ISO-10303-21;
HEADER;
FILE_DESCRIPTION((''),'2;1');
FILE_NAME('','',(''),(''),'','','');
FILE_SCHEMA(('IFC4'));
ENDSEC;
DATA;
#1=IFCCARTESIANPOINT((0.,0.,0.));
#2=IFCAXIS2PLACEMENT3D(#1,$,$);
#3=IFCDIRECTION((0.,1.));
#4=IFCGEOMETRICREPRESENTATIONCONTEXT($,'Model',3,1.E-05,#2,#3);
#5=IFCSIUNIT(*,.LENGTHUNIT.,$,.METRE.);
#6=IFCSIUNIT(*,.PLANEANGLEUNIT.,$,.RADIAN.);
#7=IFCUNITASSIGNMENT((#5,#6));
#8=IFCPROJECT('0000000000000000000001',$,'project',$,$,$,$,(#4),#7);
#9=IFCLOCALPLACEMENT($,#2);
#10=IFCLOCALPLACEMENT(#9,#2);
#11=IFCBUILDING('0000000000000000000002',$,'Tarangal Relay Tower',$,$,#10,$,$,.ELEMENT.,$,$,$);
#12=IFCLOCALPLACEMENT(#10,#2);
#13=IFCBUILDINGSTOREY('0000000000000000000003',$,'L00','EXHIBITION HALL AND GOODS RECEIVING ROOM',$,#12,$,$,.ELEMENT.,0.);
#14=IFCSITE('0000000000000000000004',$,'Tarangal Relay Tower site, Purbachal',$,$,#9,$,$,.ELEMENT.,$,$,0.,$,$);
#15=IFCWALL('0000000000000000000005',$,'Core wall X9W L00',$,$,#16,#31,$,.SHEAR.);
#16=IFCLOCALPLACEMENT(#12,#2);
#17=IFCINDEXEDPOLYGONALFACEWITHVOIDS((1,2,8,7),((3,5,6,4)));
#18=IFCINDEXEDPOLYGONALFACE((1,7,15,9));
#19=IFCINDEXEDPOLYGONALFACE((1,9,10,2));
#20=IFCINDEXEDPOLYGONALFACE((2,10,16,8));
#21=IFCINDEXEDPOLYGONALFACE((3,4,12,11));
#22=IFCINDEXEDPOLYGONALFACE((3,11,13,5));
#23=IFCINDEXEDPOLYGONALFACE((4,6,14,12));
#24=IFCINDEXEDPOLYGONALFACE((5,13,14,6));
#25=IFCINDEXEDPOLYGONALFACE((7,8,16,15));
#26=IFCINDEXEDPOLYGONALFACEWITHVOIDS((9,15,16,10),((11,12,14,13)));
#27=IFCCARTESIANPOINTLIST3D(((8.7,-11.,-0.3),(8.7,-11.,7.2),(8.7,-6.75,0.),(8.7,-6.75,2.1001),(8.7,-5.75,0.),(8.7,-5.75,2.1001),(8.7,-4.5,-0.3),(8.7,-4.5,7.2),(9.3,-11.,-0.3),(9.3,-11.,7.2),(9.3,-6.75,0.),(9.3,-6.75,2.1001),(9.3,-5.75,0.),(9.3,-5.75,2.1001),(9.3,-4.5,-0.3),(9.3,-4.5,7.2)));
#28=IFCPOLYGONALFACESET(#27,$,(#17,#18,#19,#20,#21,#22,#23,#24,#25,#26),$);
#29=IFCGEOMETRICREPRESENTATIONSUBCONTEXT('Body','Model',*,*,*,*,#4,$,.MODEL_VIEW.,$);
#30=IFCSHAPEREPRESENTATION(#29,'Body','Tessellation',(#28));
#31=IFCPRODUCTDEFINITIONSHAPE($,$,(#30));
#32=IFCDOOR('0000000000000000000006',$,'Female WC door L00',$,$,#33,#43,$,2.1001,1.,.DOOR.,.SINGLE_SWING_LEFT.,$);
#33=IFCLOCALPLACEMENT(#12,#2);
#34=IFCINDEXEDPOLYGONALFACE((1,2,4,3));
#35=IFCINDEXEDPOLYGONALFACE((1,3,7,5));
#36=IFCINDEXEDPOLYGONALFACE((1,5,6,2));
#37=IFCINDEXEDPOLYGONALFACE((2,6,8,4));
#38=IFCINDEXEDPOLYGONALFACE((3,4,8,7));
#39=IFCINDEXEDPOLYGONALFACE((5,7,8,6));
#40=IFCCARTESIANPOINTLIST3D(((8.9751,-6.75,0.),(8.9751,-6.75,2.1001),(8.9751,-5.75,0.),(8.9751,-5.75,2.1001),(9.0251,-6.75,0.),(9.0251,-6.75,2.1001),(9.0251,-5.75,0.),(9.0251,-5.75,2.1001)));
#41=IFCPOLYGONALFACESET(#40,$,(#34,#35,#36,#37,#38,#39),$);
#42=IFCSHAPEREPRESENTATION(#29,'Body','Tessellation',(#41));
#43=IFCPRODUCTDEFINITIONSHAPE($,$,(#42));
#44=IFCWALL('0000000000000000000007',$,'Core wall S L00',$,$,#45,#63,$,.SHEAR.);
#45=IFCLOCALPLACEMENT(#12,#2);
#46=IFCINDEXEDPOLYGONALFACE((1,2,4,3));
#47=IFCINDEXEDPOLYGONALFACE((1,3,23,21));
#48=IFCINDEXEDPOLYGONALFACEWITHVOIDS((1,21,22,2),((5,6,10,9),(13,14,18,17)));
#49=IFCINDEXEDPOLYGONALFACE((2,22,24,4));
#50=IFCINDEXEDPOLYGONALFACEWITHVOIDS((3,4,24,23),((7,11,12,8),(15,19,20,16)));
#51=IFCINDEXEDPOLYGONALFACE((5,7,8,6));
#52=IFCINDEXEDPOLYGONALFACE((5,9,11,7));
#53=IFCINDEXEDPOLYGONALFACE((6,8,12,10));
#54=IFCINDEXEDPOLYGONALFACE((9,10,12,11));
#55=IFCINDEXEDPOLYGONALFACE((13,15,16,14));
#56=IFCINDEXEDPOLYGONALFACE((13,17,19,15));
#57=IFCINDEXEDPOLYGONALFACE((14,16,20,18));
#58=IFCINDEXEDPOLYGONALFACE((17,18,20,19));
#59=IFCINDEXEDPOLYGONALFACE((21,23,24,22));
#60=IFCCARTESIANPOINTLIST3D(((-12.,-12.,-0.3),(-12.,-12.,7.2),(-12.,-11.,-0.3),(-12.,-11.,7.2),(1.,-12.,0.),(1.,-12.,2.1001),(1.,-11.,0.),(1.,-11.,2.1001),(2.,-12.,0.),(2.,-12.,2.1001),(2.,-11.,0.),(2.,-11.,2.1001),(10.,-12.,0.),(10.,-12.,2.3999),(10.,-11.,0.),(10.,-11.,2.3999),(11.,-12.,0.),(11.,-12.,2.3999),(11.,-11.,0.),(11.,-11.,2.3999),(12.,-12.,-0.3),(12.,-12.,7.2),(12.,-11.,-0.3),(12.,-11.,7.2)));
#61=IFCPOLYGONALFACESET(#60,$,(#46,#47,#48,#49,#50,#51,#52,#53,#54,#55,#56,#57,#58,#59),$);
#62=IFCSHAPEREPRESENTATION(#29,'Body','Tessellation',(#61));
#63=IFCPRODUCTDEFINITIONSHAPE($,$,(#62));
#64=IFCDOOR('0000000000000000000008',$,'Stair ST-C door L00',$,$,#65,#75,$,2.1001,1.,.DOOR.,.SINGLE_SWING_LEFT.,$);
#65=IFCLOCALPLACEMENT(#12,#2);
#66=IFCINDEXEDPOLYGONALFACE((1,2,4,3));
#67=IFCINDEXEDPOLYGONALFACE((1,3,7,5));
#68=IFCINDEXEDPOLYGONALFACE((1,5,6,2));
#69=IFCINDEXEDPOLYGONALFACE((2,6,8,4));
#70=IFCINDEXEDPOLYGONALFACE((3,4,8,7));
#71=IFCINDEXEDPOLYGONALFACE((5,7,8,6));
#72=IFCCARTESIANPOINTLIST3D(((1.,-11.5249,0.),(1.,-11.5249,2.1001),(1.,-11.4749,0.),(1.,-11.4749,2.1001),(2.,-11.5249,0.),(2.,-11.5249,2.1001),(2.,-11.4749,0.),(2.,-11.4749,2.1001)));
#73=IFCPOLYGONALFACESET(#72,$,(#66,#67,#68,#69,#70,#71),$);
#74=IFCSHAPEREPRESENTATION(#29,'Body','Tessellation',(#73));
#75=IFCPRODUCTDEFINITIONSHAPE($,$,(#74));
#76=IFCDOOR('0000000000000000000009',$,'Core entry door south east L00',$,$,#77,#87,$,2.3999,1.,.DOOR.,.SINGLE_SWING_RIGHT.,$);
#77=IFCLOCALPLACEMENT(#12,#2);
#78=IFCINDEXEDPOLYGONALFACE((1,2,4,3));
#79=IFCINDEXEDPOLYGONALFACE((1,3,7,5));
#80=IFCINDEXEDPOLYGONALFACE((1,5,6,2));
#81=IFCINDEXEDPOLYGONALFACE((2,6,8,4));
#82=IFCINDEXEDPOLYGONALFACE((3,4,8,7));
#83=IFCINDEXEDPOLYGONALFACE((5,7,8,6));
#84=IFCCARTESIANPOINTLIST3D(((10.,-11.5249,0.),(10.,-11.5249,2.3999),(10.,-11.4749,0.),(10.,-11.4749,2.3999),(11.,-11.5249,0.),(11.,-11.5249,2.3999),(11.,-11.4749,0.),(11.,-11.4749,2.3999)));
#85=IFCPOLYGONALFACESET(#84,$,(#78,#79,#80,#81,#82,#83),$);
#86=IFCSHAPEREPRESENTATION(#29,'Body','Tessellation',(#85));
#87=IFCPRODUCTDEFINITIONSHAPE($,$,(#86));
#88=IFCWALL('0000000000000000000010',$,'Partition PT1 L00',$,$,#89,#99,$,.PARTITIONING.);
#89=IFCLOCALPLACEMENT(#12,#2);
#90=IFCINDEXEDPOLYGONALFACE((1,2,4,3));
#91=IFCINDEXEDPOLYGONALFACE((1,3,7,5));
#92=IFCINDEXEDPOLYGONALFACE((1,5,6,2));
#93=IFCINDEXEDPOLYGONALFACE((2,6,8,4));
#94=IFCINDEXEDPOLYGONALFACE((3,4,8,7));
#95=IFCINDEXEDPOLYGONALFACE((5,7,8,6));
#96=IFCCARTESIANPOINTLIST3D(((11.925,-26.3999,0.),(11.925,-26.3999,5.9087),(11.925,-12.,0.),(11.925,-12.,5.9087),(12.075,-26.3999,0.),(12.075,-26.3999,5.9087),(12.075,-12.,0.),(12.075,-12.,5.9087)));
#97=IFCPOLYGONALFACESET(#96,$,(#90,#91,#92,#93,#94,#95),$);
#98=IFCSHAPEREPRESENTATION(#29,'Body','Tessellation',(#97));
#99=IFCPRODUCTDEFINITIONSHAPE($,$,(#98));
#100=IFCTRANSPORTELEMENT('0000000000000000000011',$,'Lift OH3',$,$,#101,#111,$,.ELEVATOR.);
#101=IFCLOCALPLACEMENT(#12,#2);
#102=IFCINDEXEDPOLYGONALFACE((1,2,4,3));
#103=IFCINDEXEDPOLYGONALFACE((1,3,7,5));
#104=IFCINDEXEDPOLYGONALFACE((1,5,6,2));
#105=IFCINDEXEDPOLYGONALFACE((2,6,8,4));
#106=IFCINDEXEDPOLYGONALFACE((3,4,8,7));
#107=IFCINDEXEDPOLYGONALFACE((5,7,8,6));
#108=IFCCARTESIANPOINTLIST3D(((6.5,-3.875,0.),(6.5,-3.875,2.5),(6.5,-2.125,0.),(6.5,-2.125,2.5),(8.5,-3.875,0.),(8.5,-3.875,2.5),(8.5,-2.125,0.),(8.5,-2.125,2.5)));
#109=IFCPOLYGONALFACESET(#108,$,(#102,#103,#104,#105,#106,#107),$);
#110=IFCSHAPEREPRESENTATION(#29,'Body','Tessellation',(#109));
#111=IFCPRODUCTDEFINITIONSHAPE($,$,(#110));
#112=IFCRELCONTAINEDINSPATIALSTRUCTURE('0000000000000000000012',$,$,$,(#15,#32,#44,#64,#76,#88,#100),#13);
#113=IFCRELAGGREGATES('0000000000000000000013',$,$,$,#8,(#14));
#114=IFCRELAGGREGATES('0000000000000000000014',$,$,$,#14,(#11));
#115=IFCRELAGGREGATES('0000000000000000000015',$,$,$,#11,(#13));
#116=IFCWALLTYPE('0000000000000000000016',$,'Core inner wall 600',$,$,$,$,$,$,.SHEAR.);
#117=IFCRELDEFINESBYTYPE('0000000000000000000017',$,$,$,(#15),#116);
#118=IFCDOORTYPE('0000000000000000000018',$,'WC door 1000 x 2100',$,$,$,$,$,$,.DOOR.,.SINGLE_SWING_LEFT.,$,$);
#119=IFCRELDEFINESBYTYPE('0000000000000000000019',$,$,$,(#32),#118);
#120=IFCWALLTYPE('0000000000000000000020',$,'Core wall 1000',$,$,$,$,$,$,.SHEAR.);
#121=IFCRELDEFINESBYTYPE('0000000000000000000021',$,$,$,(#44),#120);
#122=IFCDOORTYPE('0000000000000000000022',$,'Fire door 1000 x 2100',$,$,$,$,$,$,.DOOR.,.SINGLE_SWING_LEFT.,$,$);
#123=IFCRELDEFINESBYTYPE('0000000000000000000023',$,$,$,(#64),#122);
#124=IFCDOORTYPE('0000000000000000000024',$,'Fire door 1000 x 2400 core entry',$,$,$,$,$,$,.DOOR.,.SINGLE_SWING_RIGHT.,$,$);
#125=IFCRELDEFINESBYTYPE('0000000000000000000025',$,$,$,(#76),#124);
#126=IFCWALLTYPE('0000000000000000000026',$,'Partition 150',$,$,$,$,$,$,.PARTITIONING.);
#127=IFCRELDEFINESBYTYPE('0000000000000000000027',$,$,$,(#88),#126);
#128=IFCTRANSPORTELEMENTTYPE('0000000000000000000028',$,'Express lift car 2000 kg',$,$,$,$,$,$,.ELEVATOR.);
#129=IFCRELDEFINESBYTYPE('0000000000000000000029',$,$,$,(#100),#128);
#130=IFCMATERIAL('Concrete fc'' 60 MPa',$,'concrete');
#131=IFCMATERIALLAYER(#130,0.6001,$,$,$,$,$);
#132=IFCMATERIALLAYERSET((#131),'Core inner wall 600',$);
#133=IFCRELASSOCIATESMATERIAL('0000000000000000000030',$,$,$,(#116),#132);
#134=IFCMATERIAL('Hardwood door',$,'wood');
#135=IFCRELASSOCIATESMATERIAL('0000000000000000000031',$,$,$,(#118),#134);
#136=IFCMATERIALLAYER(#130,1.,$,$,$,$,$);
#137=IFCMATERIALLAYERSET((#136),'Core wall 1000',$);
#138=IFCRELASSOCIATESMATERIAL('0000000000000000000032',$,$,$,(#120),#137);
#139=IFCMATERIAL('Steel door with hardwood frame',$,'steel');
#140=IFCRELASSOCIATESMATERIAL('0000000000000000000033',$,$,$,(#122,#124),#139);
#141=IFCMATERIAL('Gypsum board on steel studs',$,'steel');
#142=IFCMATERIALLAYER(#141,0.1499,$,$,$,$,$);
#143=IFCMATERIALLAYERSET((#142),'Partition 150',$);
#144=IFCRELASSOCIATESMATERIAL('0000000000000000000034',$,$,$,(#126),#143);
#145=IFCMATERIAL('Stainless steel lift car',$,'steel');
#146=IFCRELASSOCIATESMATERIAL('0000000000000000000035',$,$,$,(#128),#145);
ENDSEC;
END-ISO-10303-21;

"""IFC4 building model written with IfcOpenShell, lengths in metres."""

from ifc_helpers import new_model, si_unit, direction, frame, frame_2d, origin, origin_2d, place, context, subcontext, project, spatial, rectangle, extrude, material, layer, layer_set, type_object, element, fill, save


model = new_model("IFC4")

# Units and contexts
model_context = context("Model", 3, precision=1e-05, world=origin(), true_north=direction((0.0, 1.0)))
body_context = subcontext(model_context, "Body", "Model", "MODEL_VIEW")
ifc_project = project(units=[si_unit("LENGTHUNIT", "METRE"), si_unit("PLANEANGLEUNIT", "RADIAN")], contexts=[model_context])

# Site, building, storey
site_placement = place(None, origin())
site = spatial("IfcSite", under=ifc_project, at=site_placement, Name="Tarangal Relay Tower site, Purbachal", CompositionType="ELEMENT", RefElevation=0.0)
building_placement = place(site_placement, origin())
building = spatial("IfcBuilding", under=site, at=building_placement, Name="Tarangal Relay Tower", CompositionType="ELEMENT")
storey_placement = place(building_placement, origin())
storey = spatial("IfcBuildingStorey", under=building, at=storey_placement, Name="L00", Description="EXHIBITION HALL AND GOODS RECEIVING ROOM", CompositionType="ELEMENT", Elevation=0.0)

# Shared definitions
ifc_material_1 = material(Name="Concrete fc' 60 MPa", Category="concrete")
ifc_layer_1 = layer(ifc_material_1, 0.6001)
ifc_layer_set_1 = layer_set([ifc_layer_1], Name="Core inner wall 600")
wall_type_1 = type_object("IfcWallType", Name="Core inner wall 600", PredefinedType="SHEAR", material=ifc_layer_set_1)

# Wall, opening, door
wall_1_placement = place(storey_placement, frame((9.0, -11.0, -0.3), z_axis=(0.0, 0.0, 1.0), x_axis=(0.0, 1.0, 0.0)))
wall_1 = element("IfcWall", 1, at=wall_1_placement, inside=storey, type_object=wall_type_1, Name="Core wall X9W L00", PredefinedType="SHEAR", context=body_context, shape_type="SweptSolid", body=[
    extrude(rectangle(XDim=6.5, YDim=0.6001, at=frame_2d((3.25, 0.0))), origin(), (0.0, 0.0, 1.0), 7.5),
])
opening_1_placement = place(wall_1_placement, frame((4.25, 0.0, 0.3)))
opening_1 = element("IfcOpeningElement", 2, at=opening_1_placement, cuts=wall_1, PredefinedType="OPENING", context=body_context, shape_type="SweptSolid", body=[
    extrude(rectangle(XDim=1.0, YDim=2.1001, at=frame_2d((0.5, 1.05))), frame((0.0, 0.3101, 0.0), z_axis=(0.0, -1.0, 0.0), x_axis=(1.0, 0.0, 0.0)), (0.0, 0.0, 1.0), 0.6201),
])
ifc_material_2 = material(Name="Hardwood door", Category="wood")
door_type_1 = type_object("IfcDoorType", Name="WC door 1000 x 2100", OperationType="SINGLE_SWING_LEFT", PredefinedType="DOOR", material=ifc_material_2)
door_1_placement = place(opening_1_placement, origin())
door_1 = element("IfcDoor", 3, at=door_1_placement, inside=storey, type_object=door_type_1, Name="Female WC door L00", OperationType="SINGLE_SWING_LEFT", OverallHeight=2.1001, OverallWidth=1.0, PredefinedType="DOOR", context=body_context, shape_type="SweptSolid", body=[
    extrude(rectangle(XDim=1.0, YDim=2.1001, at=frame_2d((0.5, 1.05))), frame((0.0, 0.0249, 0.0), z_axis=(0.0, -1.0, 0.0), x_axis=(1.0, 0.0, 0.0)), (0.0, 0.0, 1.0), 0.05),
])
fill(opening_1, door_1)

# Wall, openings, doors
ifc_layer_2 = layer(ifc_material_1, 1.0)
ifc_layer_set_2 = layer_set([ifc_layer_2], Name="Core wall 1000")
wall_type_2 = type_object("IfcWallType", Name="Core wall 1000", PredefinedType="SHEAR", material=ifc_layer_set_2)
wall_2_placement = place(storey_placement, frame((12.0, -11.5, -0.3), z_axis=(0.0, 0.0, 1.0), x_axis=(-1.0, 0.0, 0.0)))
wall_2 = element("IfcWall", 4, at=wall_2_placement, inside=storey, type_object=wall_type_2, Name="Core wall S L00", PredefinedType="SHEAR", context=body_context, shape_type="SweptSolid", body=[
    extrude(rectangle(XDim=24.0, YDim=1.0, at=frame_2d((12.0, 0.0))), origin(), (0.0, 0.0, 1.0), 7.5),
])
opening_2_placement = place(wall_2_placement, frame((10.0, 0.0, 0.3)))
opening_2 = element("IfcOpeningElement", 5, at=opening_2_placement, cuts=wall_2, PredefinedType="OPENING", context=body_context, shape_type="SweptSolid", body=[
    extrude(rectangle(XDim=1.0, YDim=2.1001, at=frame_2d((0.5, 1.05))), frame((0.0, 0.51, 0.0), z_axis=(0.0, -1.0, 0.0), x_axis=(1.0, 0.0, 0.0)), (0.0, 0.0, 1.0), 1.02),
])
opening_3_placement = place(wall_2_placement, frame((1.0, 0.0, 0.3)))
opening_3 = element("IfcOpeningElement", 6, at=opening_3_placement, cuts=wall_2, PredefinedType="OPENING", context=body_context, shape_type="SweptSolid", body=[
    extrude(rectangle(XDim=1.0, YDim=2.3999, at=frame_2d((0.5, 1.2))), frame((0.0, 0.51, 0.0), z_axis=(0.0, -1.0, 0.0), x_axis=(1.0, 0.0, 0.0)), (0.0, 0.0, 1.0), 1.02),
])
ifc_material_3 = material(Name="Steel door with hardwood frame", Category="steel")
door_type_2 = type_object("IfcDoorType", Name="Fire door 1000 x 2100", OperationType="SINGLE_SWING_LEFT", PredefinedType="DOOR", material=ifc_material_3)
door_2_placement = place(opening_2_placement, origin())
door_2 = element("IfcDoor", 7, at=door_2_placement, inside=storey, type_object=door_type_2, Name="Stair ST-C door L00", OperationType="SINGLE_SWING_LEFT", OverallHeight=2.1001, OverallWidth=1.0, PredefinedType="DOOR", context=body_context, shape_type="SweptSolid", body=[
    extrude(rectangle(XDim=1.0, YDim=2.1001, at=frame_2d((0.5, 1.05))), frame((0.0, 0.0249, 0.0), z_axis=(0.0, -1.0, 0.0), x_axis=(1.0, 0.0, 0.0)), (0.0, 0.0, 1.0), 0.05),
])
fill(opening_2, door_2)
door_type_3 = type_object("IfcDoorType", Name="Fire door 1000 x 2400 core entry", OperationType="SINGLE_SWING_RIGHT", PredefinedType="DOOR", material=ifc_material_3)
door_3_placement = place(opening_3_placement, origin())
door_3 = element("IfcDoor", 8, at=door_3_placement, inside=storey, type_object=door_type_3, Name="Core entry door south east L00", OperationType="SINGLE_SWING_RIGHT", OverallHeight=2.3999, OverallWidth=1.0, PredefinedType="DOOR", context=body_context, shape_type="SweptSolid", body=[
    extrude(rectangle(XDim=1.0, YDim=2.3999, at=frame_2d((0.5, 1.2))), frame((0.0, 0.0249, 0.0), z_axis=(0.0, -1.0, 0.0), x_axis=(1.0, 0.0, 0.0)), (0.0, 0.0, 1.0), 0.05),
])
fill(opening_3, door_3)

# Wall
ifc_material_4 = material(Name="Gypsum board on steel studs", Category="steel")
ifc_layer_3 = layer(ifc_material_4, 0.1499)
ifc_layer_set_3 = layer_set([ifc_layer_3], Name="Partition 150")
wall_type_3 = type_object("IfcWallType", Name="Partition 150", PredefinedType="PARTITIONING", material=ifc_layer_set_3)
wall_3_placement = place(storey_placement, frame((12.0, -12.0, 0.0), z_axis=(0.0, 0.0, 1.0), x_axis=(0.0, -1.0, 0.0)))
element("IfcWall", 9, at=wall_3_placement, inside=storey, type_object=wall_type_3, Name="Partition PT1 L00", PredefinedType="PARTITIONING", context=body_context, shape_type="SweptSolid", body=[
    extrude(rectangle(XDim=14.3999, YDim=0.1499, at=frame_2d((7.2, 0.0))), origin(), (0.0, 0.0, 1.0), 5.9087),
])

# Transport element
ifc_material_5 = material(Name="Stainless steel lift car", Category="steel")
transport_element_type = type_object("IfcTransportElementType", Name="Express lift car 2000 kg", PredefinedType="ELEVATOR", material=ifc_material_5)
transport_element_placement = place(storey_placement, frame((7.5, -3.0, 0.0), z_axis=(0.0, 0.0, 1.0), x_axis=(1.0, 0.0, 0.0)))
element("IfcTransportElement", 10, at=transport_element_placement, inside=storey, type_object=transport_element_type, Name="Lift OH3", PredefinedType="ELEVATOR", context=body_context, shape_type="SweptSolid", body=[
    extrude(rectangle(XDim=2.0, YDim=1.75, at=origin_2d()), origin(), (0.0, 0.0, 1.0), 2.5),
])

save(model, "model.ifc")
